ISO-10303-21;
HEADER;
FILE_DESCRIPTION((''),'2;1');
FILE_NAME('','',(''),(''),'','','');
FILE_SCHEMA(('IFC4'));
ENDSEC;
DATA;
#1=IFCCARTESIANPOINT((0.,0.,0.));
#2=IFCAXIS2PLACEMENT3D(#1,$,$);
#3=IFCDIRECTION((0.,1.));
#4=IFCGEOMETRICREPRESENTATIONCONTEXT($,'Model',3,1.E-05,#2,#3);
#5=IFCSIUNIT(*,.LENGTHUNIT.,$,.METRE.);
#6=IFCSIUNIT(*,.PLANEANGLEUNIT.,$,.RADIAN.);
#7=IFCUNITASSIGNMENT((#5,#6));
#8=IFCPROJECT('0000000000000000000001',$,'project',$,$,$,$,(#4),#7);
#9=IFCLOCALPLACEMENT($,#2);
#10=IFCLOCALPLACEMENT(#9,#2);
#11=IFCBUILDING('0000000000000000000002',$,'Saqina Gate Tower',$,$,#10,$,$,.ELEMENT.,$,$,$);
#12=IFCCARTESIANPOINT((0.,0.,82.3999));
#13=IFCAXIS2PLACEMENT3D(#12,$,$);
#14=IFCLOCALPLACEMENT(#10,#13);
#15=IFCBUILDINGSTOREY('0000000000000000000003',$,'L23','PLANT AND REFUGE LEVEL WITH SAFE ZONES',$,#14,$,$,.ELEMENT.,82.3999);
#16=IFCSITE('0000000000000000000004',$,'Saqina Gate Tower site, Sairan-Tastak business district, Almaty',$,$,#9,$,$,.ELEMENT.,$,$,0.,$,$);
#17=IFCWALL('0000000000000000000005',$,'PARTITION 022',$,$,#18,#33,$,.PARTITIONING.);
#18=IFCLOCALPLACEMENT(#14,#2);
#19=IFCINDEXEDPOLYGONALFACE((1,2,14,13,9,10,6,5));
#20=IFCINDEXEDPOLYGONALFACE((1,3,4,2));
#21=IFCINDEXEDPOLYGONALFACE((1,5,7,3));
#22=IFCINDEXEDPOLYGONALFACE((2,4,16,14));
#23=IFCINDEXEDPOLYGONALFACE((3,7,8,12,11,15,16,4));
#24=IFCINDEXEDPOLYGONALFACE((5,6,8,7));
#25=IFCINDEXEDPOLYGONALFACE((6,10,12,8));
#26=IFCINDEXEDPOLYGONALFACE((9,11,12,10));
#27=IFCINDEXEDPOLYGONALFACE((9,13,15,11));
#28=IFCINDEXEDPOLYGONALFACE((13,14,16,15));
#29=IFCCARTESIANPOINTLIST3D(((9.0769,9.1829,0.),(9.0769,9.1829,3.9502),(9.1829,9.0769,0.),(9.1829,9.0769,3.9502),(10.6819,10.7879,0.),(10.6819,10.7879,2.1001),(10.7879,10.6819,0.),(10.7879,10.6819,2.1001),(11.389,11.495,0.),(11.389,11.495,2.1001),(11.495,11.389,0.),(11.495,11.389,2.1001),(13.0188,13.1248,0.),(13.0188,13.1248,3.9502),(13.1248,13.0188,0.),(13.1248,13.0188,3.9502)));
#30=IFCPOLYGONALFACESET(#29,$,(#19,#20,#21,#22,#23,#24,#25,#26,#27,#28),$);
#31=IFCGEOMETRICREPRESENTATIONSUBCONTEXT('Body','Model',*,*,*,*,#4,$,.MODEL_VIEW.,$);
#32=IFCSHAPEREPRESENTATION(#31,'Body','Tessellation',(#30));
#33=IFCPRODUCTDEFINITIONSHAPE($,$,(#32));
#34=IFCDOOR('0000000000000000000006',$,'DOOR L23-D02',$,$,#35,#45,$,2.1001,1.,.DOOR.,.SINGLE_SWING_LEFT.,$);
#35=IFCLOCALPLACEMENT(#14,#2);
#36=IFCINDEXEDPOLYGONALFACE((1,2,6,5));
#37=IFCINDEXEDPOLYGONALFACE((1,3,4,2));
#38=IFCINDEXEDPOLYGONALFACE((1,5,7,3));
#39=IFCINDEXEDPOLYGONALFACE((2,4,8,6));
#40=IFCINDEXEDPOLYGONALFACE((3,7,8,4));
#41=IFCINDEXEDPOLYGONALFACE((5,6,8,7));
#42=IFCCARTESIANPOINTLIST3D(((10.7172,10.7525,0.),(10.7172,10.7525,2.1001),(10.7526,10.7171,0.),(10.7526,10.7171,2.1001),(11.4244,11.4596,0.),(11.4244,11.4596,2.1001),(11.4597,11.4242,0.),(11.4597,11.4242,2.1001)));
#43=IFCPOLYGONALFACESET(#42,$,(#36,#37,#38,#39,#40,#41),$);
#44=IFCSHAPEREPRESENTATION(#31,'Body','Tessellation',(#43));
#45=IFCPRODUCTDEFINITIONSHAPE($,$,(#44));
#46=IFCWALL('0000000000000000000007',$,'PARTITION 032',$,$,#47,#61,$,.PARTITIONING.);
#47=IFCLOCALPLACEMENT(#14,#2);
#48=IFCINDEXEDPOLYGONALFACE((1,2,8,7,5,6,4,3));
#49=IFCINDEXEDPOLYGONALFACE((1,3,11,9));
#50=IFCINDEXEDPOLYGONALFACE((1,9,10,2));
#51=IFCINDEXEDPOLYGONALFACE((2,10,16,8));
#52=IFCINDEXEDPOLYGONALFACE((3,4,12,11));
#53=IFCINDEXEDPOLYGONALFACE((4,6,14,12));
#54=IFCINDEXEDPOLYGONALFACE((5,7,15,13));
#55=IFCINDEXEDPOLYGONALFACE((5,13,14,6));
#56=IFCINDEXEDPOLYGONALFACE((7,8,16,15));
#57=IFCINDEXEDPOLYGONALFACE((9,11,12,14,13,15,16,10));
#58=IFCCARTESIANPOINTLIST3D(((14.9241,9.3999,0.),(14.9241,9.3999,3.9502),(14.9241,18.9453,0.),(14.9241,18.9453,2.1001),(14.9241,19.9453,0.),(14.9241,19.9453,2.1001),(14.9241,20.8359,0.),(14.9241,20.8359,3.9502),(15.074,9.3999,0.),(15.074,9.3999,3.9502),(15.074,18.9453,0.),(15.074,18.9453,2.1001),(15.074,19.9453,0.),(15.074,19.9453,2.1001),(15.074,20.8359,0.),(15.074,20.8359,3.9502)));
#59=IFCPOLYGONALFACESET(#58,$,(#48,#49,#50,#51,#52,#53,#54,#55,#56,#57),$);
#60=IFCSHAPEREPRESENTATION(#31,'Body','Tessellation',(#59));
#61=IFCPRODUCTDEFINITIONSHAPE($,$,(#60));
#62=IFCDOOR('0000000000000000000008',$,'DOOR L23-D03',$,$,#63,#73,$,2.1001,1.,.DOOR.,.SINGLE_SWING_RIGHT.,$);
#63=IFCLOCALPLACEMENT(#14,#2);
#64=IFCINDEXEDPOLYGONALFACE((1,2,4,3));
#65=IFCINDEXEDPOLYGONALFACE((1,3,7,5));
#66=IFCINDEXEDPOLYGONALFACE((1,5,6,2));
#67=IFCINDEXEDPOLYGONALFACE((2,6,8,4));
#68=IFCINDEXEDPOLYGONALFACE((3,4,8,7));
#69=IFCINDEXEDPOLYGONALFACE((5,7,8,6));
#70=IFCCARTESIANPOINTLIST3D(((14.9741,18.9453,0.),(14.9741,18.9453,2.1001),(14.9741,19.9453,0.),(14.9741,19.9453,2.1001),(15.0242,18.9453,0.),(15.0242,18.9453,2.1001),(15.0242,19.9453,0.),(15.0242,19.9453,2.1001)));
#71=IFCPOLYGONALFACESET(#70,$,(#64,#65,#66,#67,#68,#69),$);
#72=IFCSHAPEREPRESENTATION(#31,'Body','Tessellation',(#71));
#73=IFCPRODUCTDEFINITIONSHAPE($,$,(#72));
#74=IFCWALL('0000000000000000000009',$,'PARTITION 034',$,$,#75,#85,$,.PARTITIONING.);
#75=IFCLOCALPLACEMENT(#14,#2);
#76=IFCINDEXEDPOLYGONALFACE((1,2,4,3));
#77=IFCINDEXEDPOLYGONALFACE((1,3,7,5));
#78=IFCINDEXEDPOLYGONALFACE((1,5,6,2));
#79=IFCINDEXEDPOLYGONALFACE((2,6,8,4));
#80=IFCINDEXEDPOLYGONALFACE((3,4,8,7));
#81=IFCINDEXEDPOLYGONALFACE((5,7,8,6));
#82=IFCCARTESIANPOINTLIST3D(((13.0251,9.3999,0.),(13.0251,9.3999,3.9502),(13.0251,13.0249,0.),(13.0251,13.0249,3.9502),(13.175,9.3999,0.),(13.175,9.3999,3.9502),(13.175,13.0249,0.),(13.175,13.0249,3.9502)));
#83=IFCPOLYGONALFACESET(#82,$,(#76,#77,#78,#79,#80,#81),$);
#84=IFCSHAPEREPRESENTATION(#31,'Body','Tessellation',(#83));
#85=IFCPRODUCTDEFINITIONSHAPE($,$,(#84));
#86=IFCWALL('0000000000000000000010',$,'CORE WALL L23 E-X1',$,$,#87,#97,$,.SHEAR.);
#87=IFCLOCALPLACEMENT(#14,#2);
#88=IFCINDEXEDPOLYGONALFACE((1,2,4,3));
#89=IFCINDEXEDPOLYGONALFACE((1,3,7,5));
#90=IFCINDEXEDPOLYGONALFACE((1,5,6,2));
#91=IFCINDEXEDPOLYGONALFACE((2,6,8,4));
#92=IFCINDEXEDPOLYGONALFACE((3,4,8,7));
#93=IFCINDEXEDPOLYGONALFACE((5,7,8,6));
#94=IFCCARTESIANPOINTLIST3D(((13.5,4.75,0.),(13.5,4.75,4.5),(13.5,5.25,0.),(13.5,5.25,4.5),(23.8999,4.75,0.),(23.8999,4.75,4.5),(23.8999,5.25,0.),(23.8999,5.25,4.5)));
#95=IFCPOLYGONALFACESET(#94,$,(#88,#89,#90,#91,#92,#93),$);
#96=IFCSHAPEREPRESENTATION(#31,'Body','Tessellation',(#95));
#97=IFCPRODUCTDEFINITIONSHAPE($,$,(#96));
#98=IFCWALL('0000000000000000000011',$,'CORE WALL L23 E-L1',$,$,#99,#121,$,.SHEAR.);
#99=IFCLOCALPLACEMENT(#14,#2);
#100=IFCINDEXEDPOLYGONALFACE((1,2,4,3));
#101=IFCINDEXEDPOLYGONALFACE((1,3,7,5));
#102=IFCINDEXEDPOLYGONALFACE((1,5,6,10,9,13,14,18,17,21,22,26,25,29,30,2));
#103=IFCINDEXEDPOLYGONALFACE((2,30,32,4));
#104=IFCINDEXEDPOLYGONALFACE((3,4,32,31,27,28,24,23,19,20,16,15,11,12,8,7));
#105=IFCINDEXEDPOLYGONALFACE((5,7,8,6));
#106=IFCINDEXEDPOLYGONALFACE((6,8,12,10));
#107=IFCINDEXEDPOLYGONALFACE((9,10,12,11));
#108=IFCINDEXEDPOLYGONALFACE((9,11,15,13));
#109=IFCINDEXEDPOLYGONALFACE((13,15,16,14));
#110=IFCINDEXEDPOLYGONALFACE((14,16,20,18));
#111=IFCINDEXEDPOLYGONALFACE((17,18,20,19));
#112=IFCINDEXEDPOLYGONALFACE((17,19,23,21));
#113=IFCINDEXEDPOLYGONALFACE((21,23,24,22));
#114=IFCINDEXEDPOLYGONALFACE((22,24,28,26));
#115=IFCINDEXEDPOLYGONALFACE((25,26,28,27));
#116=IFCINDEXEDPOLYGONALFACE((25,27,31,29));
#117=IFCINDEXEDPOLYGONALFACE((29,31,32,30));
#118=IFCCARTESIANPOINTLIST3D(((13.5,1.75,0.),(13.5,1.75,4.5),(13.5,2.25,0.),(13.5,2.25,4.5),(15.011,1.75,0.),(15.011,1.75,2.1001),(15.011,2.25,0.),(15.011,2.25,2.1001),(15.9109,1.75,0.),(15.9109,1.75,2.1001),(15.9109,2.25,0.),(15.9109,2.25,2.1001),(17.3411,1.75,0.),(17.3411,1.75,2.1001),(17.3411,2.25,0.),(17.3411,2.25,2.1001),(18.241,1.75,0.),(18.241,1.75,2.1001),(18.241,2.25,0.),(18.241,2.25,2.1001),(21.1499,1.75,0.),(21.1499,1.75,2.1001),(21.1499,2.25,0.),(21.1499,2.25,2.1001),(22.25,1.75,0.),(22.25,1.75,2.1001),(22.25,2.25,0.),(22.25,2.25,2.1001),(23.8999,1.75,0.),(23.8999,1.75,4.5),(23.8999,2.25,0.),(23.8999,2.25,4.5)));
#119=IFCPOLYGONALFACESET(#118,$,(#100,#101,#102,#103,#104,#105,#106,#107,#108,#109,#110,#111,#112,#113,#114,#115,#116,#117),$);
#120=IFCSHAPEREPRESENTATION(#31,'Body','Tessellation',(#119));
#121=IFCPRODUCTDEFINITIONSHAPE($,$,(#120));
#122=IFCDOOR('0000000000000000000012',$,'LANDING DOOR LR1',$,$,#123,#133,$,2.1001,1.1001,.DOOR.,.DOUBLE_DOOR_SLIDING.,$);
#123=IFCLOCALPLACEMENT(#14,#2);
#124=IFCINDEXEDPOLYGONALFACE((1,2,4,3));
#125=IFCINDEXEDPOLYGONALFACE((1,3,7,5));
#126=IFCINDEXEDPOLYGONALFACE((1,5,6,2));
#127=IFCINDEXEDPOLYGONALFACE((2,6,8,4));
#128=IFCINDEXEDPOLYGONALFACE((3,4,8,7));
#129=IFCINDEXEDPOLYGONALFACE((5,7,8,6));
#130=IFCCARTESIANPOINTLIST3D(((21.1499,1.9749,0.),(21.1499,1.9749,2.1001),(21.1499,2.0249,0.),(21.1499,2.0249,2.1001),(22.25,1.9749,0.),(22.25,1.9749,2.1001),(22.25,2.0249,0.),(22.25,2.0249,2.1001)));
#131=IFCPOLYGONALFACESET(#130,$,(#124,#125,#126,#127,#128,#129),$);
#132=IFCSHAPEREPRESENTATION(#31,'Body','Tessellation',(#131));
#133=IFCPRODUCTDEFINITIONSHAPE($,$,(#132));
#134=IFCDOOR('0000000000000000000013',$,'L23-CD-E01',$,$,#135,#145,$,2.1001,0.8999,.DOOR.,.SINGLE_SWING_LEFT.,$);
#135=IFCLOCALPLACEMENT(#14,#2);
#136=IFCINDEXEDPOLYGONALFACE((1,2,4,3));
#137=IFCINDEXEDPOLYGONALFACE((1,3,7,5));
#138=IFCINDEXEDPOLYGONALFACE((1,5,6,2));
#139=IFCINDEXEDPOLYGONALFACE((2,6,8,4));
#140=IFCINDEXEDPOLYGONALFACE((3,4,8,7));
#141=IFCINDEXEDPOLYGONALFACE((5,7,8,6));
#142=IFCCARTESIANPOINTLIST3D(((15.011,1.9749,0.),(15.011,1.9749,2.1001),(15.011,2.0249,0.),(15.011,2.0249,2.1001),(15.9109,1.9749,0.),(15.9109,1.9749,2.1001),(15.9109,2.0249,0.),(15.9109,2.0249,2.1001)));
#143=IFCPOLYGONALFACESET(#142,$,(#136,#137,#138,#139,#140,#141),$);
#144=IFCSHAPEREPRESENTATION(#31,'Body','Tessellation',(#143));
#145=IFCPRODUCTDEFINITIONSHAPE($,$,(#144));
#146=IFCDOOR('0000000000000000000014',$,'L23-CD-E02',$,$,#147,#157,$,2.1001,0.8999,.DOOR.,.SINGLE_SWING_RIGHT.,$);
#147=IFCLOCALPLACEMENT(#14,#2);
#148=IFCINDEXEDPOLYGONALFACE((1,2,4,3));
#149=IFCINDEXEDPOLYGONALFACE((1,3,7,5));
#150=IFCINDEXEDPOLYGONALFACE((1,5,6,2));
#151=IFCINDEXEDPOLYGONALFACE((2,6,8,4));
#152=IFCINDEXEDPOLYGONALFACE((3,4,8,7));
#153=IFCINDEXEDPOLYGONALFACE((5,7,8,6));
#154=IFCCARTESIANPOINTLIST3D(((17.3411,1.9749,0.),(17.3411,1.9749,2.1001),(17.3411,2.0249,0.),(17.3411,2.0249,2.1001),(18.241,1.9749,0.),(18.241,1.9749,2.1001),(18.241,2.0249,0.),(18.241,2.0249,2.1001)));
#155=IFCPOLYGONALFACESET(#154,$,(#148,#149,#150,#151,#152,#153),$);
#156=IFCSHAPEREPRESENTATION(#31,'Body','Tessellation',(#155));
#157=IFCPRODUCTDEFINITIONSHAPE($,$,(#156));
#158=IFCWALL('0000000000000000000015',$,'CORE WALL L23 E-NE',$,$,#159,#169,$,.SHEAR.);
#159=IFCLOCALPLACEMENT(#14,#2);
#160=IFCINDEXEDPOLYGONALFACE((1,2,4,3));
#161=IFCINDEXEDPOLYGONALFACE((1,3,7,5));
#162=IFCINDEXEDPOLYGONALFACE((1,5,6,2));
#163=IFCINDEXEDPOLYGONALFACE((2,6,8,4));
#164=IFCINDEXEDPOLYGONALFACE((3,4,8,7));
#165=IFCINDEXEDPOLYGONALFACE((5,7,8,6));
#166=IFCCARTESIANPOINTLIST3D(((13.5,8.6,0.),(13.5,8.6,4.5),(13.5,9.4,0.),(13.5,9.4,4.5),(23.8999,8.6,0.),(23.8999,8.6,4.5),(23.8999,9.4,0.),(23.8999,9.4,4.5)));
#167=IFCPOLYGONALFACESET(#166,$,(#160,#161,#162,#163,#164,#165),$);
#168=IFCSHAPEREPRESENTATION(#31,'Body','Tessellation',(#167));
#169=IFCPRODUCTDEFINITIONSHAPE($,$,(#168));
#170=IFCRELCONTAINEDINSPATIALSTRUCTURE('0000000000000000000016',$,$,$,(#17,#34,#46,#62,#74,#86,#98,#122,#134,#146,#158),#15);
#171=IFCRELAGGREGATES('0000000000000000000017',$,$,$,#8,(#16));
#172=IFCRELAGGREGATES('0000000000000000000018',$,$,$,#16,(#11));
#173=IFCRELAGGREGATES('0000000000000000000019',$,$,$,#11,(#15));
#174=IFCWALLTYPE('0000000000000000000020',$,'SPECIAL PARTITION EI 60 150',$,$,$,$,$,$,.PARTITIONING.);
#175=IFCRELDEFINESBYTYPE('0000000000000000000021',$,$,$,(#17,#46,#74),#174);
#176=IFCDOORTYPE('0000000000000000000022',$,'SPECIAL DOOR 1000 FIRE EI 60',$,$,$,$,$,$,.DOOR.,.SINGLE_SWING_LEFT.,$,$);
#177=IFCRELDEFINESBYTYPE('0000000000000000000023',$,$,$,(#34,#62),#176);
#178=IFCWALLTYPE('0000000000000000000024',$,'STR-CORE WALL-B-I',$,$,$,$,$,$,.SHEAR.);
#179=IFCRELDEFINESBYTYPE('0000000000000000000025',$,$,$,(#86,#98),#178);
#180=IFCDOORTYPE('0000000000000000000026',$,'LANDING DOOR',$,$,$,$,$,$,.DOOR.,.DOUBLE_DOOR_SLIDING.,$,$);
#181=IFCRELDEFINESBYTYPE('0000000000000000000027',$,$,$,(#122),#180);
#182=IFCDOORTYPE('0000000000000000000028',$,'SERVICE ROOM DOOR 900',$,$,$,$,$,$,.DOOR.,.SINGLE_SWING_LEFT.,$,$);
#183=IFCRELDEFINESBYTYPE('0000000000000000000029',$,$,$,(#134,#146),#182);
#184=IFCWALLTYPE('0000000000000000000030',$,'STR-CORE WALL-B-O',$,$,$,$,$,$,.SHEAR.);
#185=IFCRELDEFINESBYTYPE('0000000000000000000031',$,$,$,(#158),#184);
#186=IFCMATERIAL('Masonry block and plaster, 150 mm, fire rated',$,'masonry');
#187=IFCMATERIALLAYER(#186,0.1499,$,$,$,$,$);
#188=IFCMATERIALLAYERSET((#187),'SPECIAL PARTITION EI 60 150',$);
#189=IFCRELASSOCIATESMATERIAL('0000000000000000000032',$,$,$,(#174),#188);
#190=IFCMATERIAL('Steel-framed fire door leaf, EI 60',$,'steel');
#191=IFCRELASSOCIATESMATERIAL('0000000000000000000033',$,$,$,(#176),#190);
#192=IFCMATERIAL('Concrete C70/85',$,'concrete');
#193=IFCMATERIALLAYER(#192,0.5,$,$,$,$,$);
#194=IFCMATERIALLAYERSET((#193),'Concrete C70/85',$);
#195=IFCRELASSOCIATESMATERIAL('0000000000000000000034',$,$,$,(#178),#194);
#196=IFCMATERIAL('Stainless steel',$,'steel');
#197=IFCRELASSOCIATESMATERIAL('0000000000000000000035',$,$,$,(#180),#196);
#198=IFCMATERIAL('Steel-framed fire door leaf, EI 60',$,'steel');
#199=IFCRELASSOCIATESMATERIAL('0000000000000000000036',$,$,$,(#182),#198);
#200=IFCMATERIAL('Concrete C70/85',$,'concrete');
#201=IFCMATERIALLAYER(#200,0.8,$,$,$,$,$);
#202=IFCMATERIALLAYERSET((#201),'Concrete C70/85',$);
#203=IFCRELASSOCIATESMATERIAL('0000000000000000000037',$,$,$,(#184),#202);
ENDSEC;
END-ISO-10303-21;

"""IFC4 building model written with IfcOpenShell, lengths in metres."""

from ifc_helpers import new_model, si_unit, direction, frame, frame_2d, origin, place, context, subcontext, project, spatial, rectangle, extrude, material, layer, layer_set, type_object, element, fill, save


model = new_model("IFC4")

# Units and contexts
model_context = context("Model", 3, precision=1e-05, world=origin(), true_north=direction((0.0, 1.0)))
body_context = subcontext(model_context, "Body", "Model", "MODEL_VIEW")
ifc_project = project(units=[si_unit("LENGTHUNIT", "METRE"), si_unit("PLANEANGLEUNIT", "RADIAN")], contexts=[model_context])

# Site, building, storey
site_placement = place(None, origin())
site = spatial("IfcSite", under=ifc_project, at=site_placement, Name="Saqina Gate Tower site, Sairan-Tastak business district, Almaty", CompositionType="ELEMENT", RefElevation=0.0)
building_placement = place(site_placement, origin())
building = spatial("IfcBuilding", under=site, at=building_placement, Name="Saqina Gate Tower", CompositionType="ELEMENT")
storey_placement = place(building_placement, frame((0.0, 0.0, 82.3999)))
storey = spatial("IfcBuildingStorey", under=building, at=storey_placement, Name="L23", Description="PLANT AND REFUGE LEVEL WITH SAFE ZONES", CompositionType="ELEMENT", Elevation=82.3999)

# Walls, openings, doors
ifc_material_1 = material(Name="Masonry block and plaster, 150 mm, fire rated", Category="masonry")
ifc_layer_1 = layer(ifc_material_1, 0.1499)
ifc_layer_set_1 = layer_set([ifc_layer_1], Name="SPECIAL PARTITION EI 60 150")
wall_type_1 = type_object("IfcWallType", Name="SPECIAL PARTITION EI 60 150", PredefinedType="PARTITIONING", material=ifc_layer_set_1)
wall_1_placement = place(storey_placement, frame((9.1299, 9.1299, 0.0), z_axis=(0.0, 0.0, 1.0), x_axis=(0.707107, 0.707107, 0.0)))
wall_1 = element("IfcWall", 1, at=wall_1_placement, inside=storey, type_object=wall_type_1, Name="PARTITION 022", PredefinedType="PARTITIONING", context=body_context, shape_type="SweptSolid", body=[
    extrude(rectangle(XDim=5.5747, YDim=0.1499, at=frame_2d((2.7874, 0.0))), origin(), (0.0, 0.0, 1.0), 3.9502),
])
opening_1_placement = place(wall_1_placement, frame((2.2698, 0.0, 0.0)))
opening_1 = element("IfcOpeningElement", 2, at=opening_1_placement, cuts=wall_1, PredefinedType="OPENING", context=body_context, shape_type="SweptSolid", body=[
    extrude(rectangle(XDim=1.0, YDim=2.1001, at=frame_2d((0.5, 1.05))), frame((0.0, 0.0869, 0.0), z_axis=(0.0, -1.0, 0.0), x_axis=(1.0, 0.0, 0.0)), (0.0, 0.0, 1.0), 0.1738),
])
ifc_material_2 = material(Name="Steel-framed fire door leaf, EI 60", Category="steel")
door_type_1 = type_object("IfcDoorType", Name="SPECIAL DOOR 1000 FIRE EI 60", OperationType="SINGLE_SWING_LEFT", PredefinedType="DOOR", material=ifc_material_2)
door_1_placement = place(opening_1_placement, origin())
door_1 = element("IfcDoor", 3, at=door_1_placement, inside=storey, type_object=door_type_1, Name="DOOR L23-D02", OperationType="SINGLE_SWING_LEFT", OverallHeight=2.1001, OverallWidth=1.0, PredefinedType="DOOR", context=body_context, shape_type="SweptSolid", body=[
    extrude(rectangle(XDim=1.0, YDim=2.1001, at=frame_2d((0.5, 1.05))), frame((0.0, 0.0249, 0.0), z_axis=(0.0, -1.0, 0.0), x_axis=(1.0, 0.0, 0.0)), (0.0, 0.0, 1.0), 0.05),
])
fill(opening_1, door_1)
wall_2_placement = place(storey_placement, frame((14.999, 9.3999, 0.0), z_axis=(0.0, 0.0, 1.0), x_axis=(0.0, 1.0, 0.0)))
wall_2 = element("IfcWall", 4, at=wall_2_placement, inside=storey, type_object=wall_type_1, Name="PARTITION 032", PredefinedType="PARTITIONING", context=body_context, shape_type="SweptSolid", body=[
    extrude(rectangle(XDim=11.436, YDim=0.1499, at=frame_2d((5.718, 0.0))), origin(), (0.0, 0.0, 1.0), 3.9502),
])
opening_2_placement = place(wall_2_placement, frame((9.5454, 0.0, 0.0)))
opening_2 = element("IfcOpeningElement", 5, at=opening_2_placement, cuts=wall_2, PredefinedType="OPENING", context=body_context, shape_type="SweptSolid", body=[
    extrude(rectangle(XDim=1.0, YDim=2.1001, at=frame_2d((0.5, 1.05))), frame((0.0, 0.0869, 0.0), z_axis=(0.0, -1.0, 0.0), x_axis=(1.0, 0.0, 0.0)), (0.0, 0.0, 1.0), 0.1738),
])
door_2_placement = place(opening_2_placement, origin())
door_2 = element("IfcDoor", 6, at=door_2_placement, inside=storey, type_object=door_type_1, Name="DOOR L23-D03", OperationType="SINGLE_SWING_RIGHT", OverallHeight=2.1001, OverallWidth=1.0, PredefinedType="DOOR", context=body_context, shape_type="SweptSolid", body=[
    extrude(rectangle(XDim=1.0, YDim=2.1001, at=frame_2d((0.5, 1.05))), frame((0.0, 0.0249, 0.0), z_axis=(0.0, -1.0, 0.0), x_axis=(1.0, 0.0, 0.0)), (0.0, 0.0, 1.0), 0.05),
])
fill(opening_2, door_2)

# Walls
wall_3_placement = place(storey_placement, frame((13.1001, 9.3999, 0.0), z_axis=(0.0, 0.0, 1.0), x_axis=(0.0, 1.0, 0.0)))
element("IfcWall", 7, at=wall_3_placement, inside=storey, type_object=wall_type_1, Name="PARTITION 034", PredefinedType="PARTITIONING", context=body_context, shape_type="SweptSolid", body=[
    extrude(rectangle(XDim=3.625, YDim=0.1499, at=frame_2d((1.8125, 0.0))), origin(), (0.0, 0.0, 1.0), 3.9502),
])
ifc_material_3 = material(Name="Concrete C70/85", Category="concrete")
ifc_layer_2 = layer(ifc_material_3, 0.5)
ifc_layer_set_2 = layer_set([ifc_layer_2], Name="Concrete C70/85")
wall_type_2 = type_object("IfcWallType", Name="STR-CORE WALL-B-I", PredefinedType="SHEAR", material=ifc_layer_set_2)
wall_4_placement = place(storey_placement, frame((13.5, 5.0, 0.0), z_axis=(0.0, 0.0, 1.0), x_axis=(1.0, 0.0, 0.0)))
element("IfcWall", 8, at=wall_4_placement, inside=storey, type_object=wall_type_2, Name="CORE WALL L23 E-X1", PredefinedType="SHEAR", context=body_context, shape_type="SweptSolid", body=[
    extrude(rectangle(XDim=10.3999, YDim=0.5, at=frame_2d((5.2, 0.0))), origin(), (0.0, 0.0, 1.0), 4.5),
])

# Wall, openings, doors
wall_5_placement = place(storey_placement, frame((13.5, 2.0, 0.0), z_axis=(0.0, 0.0, 1.0), x_axis=(1.0, 0.0, 0.0)))
wall_5 = element("IfcWall", 9, at=wall_5_placement, inside=storey, type_object=wall_type_2, Name="CORE WALL L23 E-L1", PredefinedType="SHEAR", context=body_context, shape_type="SweptSolid", body=[
    extrude(rectangle(XDim=10.3999, YDim=0.5, at=frame_2d((5.2, 0.0))), origin(), (0.0, 0.0, 1.0), 4.5),
])
opening_3_placement = place(wall_5_placement, frame((7.6499, 0.0, 0.0)))
opening_3 = element("IfcOpeningElement", 10, at=opening_3_placement, cuts=wall_5, PredefinedType="OPENING", context=body_context, shape_type="SweptSolid", body=[
    extrude(rectangle(XDim=1.1001, YDim=2.1001, at=frame_2d((0.55, 1.05))), frame((0.0, 0.262, 0.0), z_axis=(0.0, -1.0, 0.0), x_axis=(1.0, 0.0, 0.0)), (0.0, 0.0, 1.0), 0.5239),
])
opening_4_placement = place(wall_5_placement, frame((1.511, 0.0, 0.0)))
opening_4 = element("IfcOpeningElement", 11, at=opening_4_placement, cuts=wall_5, PredefinedType="OPENING", context=body_context, shape_type="SweptSolid", body=[
    extrude(rectangle(XDim=0.8999, YDim=2.1001, at=frame_2d((0.45, 1.05))), frame((0.0, 0.262, 0.0), z_axis=(0.0, -1.0, 0.0), x_axis=(1.0, 0.0, 0.0)), (0.0, 0.0, 1.0), 0.5239),
])
opening_5_placement = place(wall_5_placement, frame((3.8411, 0.0, 0.0)))
opening_5 = element("IfcOpeningElement", 12, at=opening_5_placement, cuts=wall_5, PredefinedType="OPENING", context=body_context, shape_type="SweptSolid", body=[
    extrude(rectangle(XDim=0.8999, YDim=2.1001, at=frame_2d((0.45, 1.05))), frame((0.0, 0.262, 0.0), z_axis=(0.0, -1.0, 0.0), x_axis=(1.0, 0.0, 0.0)), (0.0, 0.0, 1.0), 0.5239),
])
ifc_material_4 = material(Name="Stainless steel", Category="steel")
door_type_2 = type_object("IfcDoorType", Name="LANDING DOOR", OperationType="DOUBLE_DOOR_SLIDING", PredefinedType="DOOR", material=ifc_material_4)
door_3_placement = place(opening_3_placement, origin())
door_3 = element("IfcDoor", 13, at=door_3_placement, inside=storey, type_object=door_type_2, Name="LANDING DOOR LR1", OperationType="DOUBLE_DOOR_SLIDING", OverallHeight=2.1001, OverallWidth=1.1001, PredefinedType="DOOR", context=body_context, shape_type="SweptSolid", body=[
    extrude(rectangle(XDim=1.1001, YDim=2.1001, at=frame_2d((0.55, 1.05))), frame((0.0, 0.0249, 0.0), z_axis=(0.0, -1.0, 0.0), x_axis=(1.0, 0.0, 0.0)), (0.0, 0.0, 1.0), 0.05),
])
fill(opening_3, door_3)
ifc_material_5 = material(Name="Steel-framed fire door leaf, EI 60", Category="steel")
door_type_3 = type_object("IfcDoorType", Name="SERVICE ROOM DOOR 900", OperationType="SINGLE_SWING_LEFT", PredefinedType="DOOR", material=ifc_material_5)
door_4_placement = place(opening_4_placement, origin())
door_4 = element("IfcDoor", 14, at=door_4_placement, inside=storey, type_object=door_type_3, Name="L23-CD-E01", OperationType="SINGLE_SWING_LEFT", OverallHeight=2.1001, OverallWidth=0.8999, PredefinedType="DOOR", context=body_context, shape_type="SweptSolid", body=[
    extrude(rectangle(XDim=0.8999, YDim=2.1001, at=frame_2d((0.45, 1.05))), frame((0.0, 0.0249, 0.0), z_axis=(0.0, -1.0, 0.0), x_axis=(1.0, 0.0, 0.0)), (0.0, 0.0, 1.0), 0.05),
])
fill(opening_4, door_4)
door_5_placement = place(opening_5_placement, origin())
door_5 = element("IfcDoor", 15, at=door_5_placement, inside=storey, type_object=door_type_3, Name="L23-CD-E02", OperationType="SINGLE_SWING_RIGHT", OverallHeight=2.1001, OverallWidth=0.8999, PredefinedType="DOOR", context=body_context, shape_type="SweptSolid", body=[
    extrude(rectangle(XDim=0.8999, YDim=2.1001, at=frame_2d((0.45, 1.05))), frame((0.0, 0.0249, 0.0), z_axis=(0.0, -1.0, 0.0), x_axis=(1.0, 0.0, 0.0)), (0.0, 0.0, 1.0), 0.05),
])
fill(opening_5, door_5)

# Wall
ifc_material_6 = material(Name="Concrete C70/85", Category="concrete")
ifc_layer_3 = layer(ifc_material_6, 0.8)
ifc_layer_set_3 = layer_set([ifc_layer_3], Name="Concrete C70/85")
wall_type_3 = type_object("IfcWallType", Name="STR-CORE WALL-B-O", PredefinedType="SHEAR", material=ifc_layer_set_3)
wall_6_placement = place(storey_placement, frame((13.5, 9.0, 0.0), z_axis=(0.0, 0.0, 1.0), x_axis=(1.0, 0.0, 0.0)))
element("IfcWall", 16, at=wall_6_placement, inside=storey, type_object=wall_type_3, Name="CORE WALL L23 E-NE", PredefinedType="SHEAR", context=body_context, shape_type="SweptSolid", body=[
    extrude(rectangle(XDim=10.3999, YDim=0.8, at=frame_2d((5.2, 0.0))), origin(), (0.0, 0.0, 1.0), 4.5),
])

save(model, "model.ifc")
